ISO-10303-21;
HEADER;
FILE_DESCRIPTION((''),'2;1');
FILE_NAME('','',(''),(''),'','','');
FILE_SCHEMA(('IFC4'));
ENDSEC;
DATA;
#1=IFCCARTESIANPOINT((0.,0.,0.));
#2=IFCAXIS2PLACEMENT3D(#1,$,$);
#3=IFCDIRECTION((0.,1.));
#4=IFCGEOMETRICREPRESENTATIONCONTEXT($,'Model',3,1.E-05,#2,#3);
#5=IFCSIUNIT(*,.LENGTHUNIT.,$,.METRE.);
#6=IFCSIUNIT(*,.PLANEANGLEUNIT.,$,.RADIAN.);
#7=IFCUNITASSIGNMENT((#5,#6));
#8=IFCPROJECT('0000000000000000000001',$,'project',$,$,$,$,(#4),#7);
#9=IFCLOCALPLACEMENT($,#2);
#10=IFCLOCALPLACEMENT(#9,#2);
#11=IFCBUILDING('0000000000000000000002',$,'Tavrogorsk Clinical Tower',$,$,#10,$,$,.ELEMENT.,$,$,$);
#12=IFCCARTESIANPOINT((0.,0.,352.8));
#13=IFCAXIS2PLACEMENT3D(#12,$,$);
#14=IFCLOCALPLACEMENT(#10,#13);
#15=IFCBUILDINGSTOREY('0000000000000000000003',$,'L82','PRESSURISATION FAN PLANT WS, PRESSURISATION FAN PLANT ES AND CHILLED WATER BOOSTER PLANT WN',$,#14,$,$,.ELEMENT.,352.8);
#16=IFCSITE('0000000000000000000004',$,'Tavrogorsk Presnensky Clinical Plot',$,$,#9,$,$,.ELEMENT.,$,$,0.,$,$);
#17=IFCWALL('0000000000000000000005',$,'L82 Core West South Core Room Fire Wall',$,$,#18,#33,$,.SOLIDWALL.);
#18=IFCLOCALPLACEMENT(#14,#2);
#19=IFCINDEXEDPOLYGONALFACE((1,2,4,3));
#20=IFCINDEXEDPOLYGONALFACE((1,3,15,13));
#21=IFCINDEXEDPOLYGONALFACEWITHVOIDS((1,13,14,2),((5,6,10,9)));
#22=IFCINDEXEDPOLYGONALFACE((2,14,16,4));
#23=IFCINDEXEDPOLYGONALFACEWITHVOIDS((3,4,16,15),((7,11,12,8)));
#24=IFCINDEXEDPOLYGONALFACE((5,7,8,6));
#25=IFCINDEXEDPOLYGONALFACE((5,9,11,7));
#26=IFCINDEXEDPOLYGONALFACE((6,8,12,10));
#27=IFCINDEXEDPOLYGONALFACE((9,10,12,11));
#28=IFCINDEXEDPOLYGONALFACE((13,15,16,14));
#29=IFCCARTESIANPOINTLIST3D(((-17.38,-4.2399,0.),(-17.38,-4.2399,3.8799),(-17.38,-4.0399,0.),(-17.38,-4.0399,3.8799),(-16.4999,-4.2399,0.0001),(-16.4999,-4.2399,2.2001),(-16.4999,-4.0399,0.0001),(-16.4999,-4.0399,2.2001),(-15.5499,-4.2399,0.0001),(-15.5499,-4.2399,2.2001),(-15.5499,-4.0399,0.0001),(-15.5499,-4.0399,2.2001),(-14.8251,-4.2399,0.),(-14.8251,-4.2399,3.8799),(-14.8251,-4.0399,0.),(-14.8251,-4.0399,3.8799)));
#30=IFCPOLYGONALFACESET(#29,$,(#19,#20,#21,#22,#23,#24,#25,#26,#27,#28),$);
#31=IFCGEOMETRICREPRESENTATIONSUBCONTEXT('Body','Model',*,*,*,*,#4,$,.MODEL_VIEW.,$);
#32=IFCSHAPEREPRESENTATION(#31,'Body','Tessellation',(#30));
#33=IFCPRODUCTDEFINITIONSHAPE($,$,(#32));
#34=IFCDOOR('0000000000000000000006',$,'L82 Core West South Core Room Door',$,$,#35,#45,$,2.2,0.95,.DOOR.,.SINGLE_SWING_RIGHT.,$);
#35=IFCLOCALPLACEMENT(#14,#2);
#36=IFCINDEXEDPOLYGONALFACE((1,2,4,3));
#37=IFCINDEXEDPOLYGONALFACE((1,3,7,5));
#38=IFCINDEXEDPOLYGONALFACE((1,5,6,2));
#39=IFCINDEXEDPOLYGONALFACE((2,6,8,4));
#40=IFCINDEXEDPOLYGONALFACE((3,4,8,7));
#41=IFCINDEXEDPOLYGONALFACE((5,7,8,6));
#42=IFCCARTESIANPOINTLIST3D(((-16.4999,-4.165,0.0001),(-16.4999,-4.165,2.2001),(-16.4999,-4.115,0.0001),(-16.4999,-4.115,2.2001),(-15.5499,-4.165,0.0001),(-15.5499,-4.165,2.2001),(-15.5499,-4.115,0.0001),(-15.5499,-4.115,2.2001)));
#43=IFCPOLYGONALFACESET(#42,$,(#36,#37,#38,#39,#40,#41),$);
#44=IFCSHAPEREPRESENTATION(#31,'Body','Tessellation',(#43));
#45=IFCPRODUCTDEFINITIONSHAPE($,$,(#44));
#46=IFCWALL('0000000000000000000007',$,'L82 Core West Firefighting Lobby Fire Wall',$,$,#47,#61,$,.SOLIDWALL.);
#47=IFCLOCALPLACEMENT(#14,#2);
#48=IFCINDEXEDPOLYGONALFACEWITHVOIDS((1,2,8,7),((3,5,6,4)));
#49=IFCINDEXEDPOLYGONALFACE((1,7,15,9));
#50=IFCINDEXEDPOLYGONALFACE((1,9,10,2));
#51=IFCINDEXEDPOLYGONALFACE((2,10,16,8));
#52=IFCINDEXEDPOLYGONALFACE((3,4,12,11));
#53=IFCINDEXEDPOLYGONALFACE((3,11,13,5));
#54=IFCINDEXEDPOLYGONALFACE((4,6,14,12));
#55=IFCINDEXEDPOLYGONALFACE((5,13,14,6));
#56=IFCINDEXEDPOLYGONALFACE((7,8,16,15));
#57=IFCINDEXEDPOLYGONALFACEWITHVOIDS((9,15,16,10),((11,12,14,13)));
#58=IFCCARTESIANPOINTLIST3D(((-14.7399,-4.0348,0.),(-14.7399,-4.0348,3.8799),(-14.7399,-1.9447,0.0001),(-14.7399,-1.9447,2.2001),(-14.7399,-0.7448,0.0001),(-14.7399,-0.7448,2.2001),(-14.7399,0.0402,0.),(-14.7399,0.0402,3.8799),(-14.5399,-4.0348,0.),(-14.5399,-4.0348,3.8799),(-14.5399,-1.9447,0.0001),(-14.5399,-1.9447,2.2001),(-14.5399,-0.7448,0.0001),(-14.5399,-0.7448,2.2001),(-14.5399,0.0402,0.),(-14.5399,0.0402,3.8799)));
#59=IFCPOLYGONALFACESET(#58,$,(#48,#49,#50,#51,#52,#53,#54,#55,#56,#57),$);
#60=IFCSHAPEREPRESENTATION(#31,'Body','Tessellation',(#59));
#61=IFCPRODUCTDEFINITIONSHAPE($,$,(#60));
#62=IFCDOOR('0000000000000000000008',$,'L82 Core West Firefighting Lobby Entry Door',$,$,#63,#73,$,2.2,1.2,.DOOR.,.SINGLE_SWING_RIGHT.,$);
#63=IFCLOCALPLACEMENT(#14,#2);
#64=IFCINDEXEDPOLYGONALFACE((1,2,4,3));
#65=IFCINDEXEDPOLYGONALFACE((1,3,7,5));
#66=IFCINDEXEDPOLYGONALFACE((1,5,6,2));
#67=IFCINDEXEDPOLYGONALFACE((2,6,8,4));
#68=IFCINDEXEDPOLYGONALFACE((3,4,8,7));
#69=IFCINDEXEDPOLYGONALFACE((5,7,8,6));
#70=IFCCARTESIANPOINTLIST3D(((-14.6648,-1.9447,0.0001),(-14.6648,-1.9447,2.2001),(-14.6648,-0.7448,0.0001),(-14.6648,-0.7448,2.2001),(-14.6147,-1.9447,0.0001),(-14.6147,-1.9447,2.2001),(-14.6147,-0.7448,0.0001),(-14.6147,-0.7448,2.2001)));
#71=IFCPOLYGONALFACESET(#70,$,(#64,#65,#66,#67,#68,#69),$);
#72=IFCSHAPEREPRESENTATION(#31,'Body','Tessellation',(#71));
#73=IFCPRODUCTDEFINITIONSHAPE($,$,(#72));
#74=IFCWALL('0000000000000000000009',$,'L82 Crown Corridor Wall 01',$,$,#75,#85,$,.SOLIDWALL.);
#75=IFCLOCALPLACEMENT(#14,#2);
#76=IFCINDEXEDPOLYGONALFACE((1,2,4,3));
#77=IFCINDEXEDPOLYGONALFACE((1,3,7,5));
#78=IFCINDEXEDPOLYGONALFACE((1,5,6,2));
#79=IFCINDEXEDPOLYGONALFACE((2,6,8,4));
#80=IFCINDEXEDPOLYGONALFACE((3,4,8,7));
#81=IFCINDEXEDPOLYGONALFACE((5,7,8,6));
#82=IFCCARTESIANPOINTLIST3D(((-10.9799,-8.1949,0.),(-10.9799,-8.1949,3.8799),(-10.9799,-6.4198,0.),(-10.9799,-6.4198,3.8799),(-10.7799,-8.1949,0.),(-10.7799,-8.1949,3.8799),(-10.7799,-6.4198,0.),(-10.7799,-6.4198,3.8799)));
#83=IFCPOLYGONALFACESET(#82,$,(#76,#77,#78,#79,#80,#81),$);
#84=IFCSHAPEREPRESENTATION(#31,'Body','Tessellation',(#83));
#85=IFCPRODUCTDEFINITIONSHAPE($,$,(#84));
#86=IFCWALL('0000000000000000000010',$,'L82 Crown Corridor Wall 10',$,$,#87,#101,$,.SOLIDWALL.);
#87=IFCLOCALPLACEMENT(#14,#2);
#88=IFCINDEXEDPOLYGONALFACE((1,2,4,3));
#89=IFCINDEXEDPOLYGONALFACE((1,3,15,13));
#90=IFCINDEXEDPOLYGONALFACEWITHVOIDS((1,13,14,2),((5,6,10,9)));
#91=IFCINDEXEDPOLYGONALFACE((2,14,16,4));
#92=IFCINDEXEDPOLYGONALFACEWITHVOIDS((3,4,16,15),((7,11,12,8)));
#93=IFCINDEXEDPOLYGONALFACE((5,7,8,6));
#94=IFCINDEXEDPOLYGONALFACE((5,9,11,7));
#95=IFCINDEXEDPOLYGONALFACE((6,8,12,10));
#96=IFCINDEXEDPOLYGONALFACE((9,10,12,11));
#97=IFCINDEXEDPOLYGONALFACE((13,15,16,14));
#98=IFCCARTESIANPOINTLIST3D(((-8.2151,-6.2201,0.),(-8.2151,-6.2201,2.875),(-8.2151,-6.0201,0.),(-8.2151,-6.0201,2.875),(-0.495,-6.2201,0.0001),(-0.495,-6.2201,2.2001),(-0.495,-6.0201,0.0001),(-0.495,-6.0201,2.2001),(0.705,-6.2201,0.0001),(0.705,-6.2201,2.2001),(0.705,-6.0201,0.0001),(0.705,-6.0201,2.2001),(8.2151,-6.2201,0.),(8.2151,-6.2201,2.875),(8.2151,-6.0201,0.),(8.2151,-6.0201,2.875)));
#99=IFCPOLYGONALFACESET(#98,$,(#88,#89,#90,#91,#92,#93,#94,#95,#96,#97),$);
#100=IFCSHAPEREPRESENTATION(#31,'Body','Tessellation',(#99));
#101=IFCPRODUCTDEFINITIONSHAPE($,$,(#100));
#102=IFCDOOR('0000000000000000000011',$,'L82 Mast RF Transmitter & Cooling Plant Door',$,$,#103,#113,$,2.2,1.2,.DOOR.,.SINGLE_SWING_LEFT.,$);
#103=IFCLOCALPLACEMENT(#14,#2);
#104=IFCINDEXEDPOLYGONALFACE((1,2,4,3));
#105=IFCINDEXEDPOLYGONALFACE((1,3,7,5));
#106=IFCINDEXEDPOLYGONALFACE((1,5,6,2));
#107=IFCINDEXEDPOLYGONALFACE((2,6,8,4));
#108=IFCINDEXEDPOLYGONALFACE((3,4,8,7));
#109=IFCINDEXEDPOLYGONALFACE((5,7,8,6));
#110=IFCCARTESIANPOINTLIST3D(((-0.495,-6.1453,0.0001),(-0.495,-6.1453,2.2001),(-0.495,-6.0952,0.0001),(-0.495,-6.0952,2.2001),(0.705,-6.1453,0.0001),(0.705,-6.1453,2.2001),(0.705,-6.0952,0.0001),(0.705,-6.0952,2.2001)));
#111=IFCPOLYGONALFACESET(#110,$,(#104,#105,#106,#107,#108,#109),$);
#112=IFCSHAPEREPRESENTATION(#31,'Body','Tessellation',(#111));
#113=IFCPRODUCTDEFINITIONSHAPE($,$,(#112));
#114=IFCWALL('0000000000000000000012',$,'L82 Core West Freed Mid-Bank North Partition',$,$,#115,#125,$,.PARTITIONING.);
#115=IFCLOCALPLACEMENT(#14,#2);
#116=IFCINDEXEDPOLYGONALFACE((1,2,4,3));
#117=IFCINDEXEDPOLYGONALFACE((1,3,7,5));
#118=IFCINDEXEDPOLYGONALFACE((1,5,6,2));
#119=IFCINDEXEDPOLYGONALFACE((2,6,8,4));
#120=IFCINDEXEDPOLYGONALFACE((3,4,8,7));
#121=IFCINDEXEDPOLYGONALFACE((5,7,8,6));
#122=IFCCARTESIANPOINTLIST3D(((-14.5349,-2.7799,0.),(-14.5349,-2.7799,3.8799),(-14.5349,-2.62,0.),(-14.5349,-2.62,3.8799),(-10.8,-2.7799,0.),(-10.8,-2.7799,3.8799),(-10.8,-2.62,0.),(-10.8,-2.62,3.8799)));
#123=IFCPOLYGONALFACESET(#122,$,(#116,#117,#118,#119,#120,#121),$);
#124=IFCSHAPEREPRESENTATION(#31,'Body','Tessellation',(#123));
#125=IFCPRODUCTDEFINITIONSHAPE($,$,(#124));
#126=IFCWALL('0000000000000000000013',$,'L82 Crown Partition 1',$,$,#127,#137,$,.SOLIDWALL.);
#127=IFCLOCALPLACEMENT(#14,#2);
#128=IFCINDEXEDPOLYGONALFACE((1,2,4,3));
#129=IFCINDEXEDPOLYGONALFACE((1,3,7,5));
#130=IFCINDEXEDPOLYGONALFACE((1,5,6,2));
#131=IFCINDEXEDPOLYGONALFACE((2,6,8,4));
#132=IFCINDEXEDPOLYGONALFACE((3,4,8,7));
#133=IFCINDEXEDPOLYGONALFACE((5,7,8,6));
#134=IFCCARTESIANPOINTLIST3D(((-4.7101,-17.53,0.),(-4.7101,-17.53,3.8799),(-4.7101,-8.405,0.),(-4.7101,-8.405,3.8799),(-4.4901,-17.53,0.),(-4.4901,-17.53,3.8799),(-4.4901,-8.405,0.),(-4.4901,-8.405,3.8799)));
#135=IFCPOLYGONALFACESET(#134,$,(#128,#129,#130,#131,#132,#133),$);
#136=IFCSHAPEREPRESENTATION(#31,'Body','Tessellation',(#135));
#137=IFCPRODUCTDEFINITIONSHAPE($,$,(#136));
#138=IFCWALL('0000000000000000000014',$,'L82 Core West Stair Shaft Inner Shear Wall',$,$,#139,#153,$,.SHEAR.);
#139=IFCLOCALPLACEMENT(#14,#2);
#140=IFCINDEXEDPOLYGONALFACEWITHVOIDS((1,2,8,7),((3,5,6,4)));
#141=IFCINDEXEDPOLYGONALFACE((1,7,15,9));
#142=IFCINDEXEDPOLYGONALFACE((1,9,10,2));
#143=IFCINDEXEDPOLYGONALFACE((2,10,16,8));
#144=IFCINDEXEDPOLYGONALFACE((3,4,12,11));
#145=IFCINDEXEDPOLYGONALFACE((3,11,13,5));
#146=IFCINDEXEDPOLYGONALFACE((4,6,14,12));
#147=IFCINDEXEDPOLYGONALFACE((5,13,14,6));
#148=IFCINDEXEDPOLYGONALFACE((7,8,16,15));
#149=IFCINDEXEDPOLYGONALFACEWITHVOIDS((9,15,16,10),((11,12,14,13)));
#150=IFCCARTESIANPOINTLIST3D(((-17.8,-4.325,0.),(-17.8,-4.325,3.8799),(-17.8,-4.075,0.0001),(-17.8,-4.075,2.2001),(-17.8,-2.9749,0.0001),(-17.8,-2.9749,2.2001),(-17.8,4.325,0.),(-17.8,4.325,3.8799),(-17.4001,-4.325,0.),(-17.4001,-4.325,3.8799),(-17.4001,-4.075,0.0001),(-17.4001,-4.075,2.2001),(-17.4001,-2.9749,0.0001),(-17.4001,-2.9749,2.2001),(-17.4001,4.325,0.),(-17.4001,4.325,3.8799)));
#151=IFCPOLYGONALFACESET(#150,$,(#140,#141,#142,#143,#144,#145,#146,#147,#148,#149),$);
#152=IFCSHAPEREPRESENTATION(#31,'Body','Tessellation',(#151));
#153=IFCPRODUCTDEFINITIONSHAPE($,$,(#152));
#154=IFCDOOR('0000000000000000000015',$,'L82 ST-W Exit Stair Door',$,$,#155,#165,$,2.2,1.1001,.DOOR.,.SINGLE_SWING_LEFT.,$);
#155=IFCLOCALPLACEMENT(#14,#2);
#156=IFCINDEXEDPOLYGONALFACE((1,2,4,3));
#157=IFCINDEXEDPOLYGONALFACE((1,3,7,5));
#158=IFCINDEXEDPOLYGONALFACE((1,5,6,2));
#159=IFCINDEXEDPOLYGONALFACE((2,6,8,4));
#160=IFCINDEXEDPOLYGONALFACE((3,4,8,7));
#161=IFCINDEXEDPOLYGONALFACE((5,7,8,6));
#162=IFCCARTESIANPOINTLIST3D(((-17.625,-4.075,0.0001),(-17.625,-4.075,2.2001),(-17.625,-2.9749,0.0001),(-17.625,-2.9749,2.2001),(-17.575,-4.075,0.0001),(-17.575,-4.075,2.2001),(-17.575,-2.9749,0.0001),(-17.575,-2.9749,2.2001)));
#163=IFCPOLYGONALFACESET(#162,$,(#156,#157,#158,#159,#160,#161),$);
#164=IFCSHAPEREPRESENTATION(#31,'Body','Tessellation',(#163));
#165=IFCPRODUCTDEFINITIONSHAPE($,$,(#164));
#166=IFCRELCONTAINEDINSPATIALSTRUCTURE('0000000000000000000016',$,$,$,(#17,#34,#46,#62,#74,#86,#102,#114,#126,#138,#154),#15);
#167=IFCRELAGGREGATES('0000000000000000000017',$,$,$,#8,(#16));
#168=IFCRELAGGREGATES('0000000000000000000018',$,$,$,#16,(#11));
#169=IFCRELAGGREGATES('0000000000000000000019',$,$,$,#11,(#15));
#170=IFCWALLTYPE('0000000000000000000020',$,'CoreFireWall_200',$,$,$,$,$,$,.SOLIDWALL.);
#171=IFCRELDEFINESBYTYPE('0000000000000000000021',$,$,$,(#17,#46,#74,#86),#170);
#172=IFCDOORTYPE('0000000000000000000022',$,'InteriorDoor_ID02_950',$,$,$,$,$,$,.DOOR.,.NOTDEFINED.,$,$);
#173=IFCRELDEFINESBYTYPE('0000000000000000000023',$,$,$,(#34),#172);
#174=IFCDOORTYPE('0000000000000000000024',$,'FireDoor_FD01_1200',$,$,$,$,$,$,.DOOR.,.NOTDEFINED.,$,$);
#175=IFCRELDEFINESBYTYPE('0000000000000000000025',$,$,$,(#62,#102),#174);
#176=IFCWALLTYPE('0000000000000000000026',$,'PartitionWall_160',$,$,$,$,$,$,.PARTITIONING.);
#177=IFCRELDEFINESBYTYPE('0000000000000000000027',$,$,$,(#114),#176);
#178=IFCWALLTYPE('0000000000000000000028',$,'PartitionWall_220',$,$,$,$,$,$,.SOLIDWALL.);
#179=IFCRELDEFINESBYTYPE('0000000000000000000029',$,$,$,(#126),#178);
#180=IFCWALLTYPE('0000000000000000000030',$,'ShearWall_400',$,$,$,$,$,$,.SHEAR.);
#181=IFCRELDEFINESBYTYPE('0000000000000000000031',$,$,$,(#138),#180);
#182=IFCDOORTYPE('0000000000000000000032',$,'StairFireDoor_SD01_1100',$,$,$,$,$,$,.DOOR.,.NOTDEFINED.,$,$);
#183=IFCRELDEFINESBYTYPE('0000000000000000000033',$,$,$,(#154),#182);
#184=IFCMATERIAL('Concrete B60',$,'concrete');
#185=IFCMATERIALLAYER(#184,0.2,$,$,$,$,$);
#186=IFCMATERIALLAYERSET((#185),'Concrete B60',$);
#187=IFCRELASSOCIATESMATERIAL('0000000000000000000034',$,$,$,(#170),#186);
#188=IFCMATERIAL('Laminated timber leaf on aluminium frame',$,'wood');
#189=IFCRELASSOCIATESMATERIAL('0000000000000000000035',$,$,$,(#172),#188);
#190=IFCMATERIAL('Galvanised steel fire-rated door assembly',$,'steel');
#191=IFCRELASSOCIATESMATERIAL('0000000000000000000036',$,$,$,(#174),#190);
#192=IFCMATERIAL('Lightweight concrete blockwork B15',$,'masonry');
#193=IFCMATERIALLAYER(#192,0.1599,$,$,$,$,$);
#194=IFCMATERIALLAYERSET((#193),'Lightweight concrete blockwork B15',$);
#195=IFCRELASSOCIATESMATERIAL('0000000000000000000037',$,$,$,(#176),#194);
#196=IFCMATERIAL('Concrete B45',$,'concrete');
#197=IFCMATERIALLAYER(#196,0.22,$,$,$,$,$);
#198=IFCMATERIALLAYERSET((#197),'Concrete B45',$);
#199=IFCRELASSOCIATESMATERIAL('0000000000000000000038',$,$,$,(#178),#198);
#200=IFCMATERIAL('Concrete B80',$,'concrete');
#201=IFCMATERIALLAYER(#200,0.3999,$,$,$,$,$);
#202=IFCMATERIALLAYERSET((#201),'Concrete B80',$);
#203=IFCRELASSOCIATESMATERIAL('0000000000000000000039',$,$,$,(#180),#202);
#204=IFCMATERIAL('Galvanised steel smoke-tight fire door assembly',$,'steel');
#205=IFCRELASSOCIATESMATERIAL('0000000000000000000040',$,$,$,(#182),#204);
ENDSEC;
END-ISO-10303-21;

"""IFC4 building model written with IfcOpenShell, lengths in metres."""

from ifc_helpers import new_model, si_unit, direction, frame, frame_2d, origin, place, context, subcontext, project, spatial, rectangle, extrude, material, layer, layer_set, type_object, element, fill, save


model = new_model("IFC4")

# Units and contexts
model_context = context("Model", 3, precision=1e-05, world=origin(), true_north=direction((0.0, 1.0)))
body_context = subcontext(model_context, "Body", "Model", "MODEL_VIEW")
ifc_project = project(units=[si_unit("LENGTHUNIT", "METRE"), si_unit("PLANEANGLEUNIT", "RADIAN")], contexts=[model_context])

# Site, building, storey
site_placement = place(None, origin())
site = spatial("IfcSite", under=ifc_project, at=site_placement, Name="Tavrogorsk Presnensky Clinical Plot", CompositionType="ELEMENT", RefElevation=0.0)
building_placement = place(site_placement, origin())
building = spatial("IfcBuilding", under=site, at=building_placement, Name="Tavrogorsk Clinical Tower", CompositionType="ELEMENT")
storey_placement = place(building_placement, frame((0.0, 0.0, 352.8)))
storey = spatial("IfcBuildingStorey", under=building, at=storey_placement, Name="L82", Description="PRESSURISATION FAN PLANT WS, PRESSURISATION FAN PLANT ES AND CHILLED WATER BOOSTER PLANT WN", CompositionType="ELEMENT", Elevation=352.8)

# Walls, openings, doors
ifc_material_1 = material(Name="Concrete B60", Category="concrete")
ifc_layer_1 = layer(ifc_material_1, 0.2)
ifc_layer_set_1 = layer_set([ifc_layer_1], Name="Concrete B60")
wall_type_1 = type_object("IfcWallType", Name="CoreFireWall_200", PredefinedType="SOLIDWALL", material=ifc_layer_set_1)
wall_1_placement = place(storey_placement, frame((-17.3799, -4.1399, 0.0), z_axis=(0.0, 0.0, 1.0), x_axis=(1.0, 0.0, 0.0)))
wall_1 = element("IfcWall", 1, at=wall_1_placement, inside=storey, type_object=wall_type_1, Name="L82 Core West South Core Room Fire Wall", PredefinedType="SOLIDWALL", context=body_context, shape_type="SweptSolid", body=[
    extrude(rectangle(XDim=2.5549, YDim=0.2, at=frame_2d((1.2773, 0.0))), origin(), (0.0, 0.0, 1.0), 3.8799),
])
opening_1_placement = place(wall_1_placement, frame((0.8799, 0.0, 0.0)))
opening_1 = element("IfcOpeningElement", 2, at=opening_1_placement, cuts=wall_1, PredefinedType="OPENING", context=body_context, shape_type="SweptSolid", body=[
    extrude(rectangle(XDim=0.95, YDim=2.2, at=frame_2d((0.4751, 1.1001))), frame((0.0, 0.1099, 0.0), z_axis=(0.0, -1.0, 0.0), x_axis=(1.0, 0.0, 0.0)), (0.0, 0.0, 1.0), 0.22),
])
ifc_material_2 = material(Name="Laminated timber leaf on aluminium frame", Category="wood")
door_type_1 = type_object("IfcDoorType", Name="InteriorDoor_ID02_950", OperationType="NOTDEFINED", PredefinedType="DOOR", material=ifc_material_2)
door_1_placement = place(opening_1_placement, origin())
door_1 = element("IfcDoor", 3, at=door_1_placement, inside=storey, type_object=door_type_1, Name="L82 Core West South Core Room Door", OperationType="SINGLE_SWING_RIGHT", OverallHeight=2.2, OverallWidth=0.95, PredefinedType="DOOR", context=body_context, shape_type="SweptSolid", body=[
    extrude(rectangle(XDim=0.95, YDim=2.2, at=frame_2d((0.4751, 1.1001))), frame((0.0, 0.0249, 0.0), z_axis=(0.0, -1.0, 0.0), x_axis=(1.0, 0.0, 0.0)), (0.0, 0.0, 1.0), 0.05),
])
fill(opening_1, door_1)
wall_2_placement = place(storey_placement, frame((-14.6399, -4.0349, 0.0), z_axis=(0.0, 0.0, 1.0), x_axis=(0.0, 1.0, 0.0)))
wall_2 = element("IfcWall", 4, at=wall_2_placement, inside=storey, type_object=wall_type_1, Name="L82 Core West Firefighting Lobby Fire Wall", PredefinedType="SOLIDWALL", context=body_context, shape_type="SweptSolid", body=[
    extrude(rectangle(XDim=4.075, YDim=0.2, at=frame_2d((2.0376, 0.0))), origin(), (0.0, 0.0, 1.0), 3.8799),
])
opening_2_placement = place(wall_2_placement, frame((2.0901, 0.0, 0.0)))
opening_2 = element("IfcOpeningElement", 5, at=opening_2_placement, cuts=wall_2, PredefinedType="OPENING", context=body_context, shape_type="SweptSolid", body=[
    extrude(rectangle(XDim=1.2, YDim=2.2, at=frame_2d((0.6001, 1.1001))), frame((0.0, 0.1099, 0.0), z_axis=(0.0, -1.0, 0.0), x_axis=(1.0, 0.0, 0.0)), (0.0, 0.0, 1.0), 0.22),
])
ifc_material_3 = material(Name="Galvanised steel fire-rated door assembly", Category="steel")
door_type_2 = type_object("IfcDoorType", Name="FireDoor_FD01_1200", OperationType="NOTDEFINED", PredefinedType="DOOR", material=ifc_material_3)
door_2_placement = place(opening_2_placement, origin())
door_2 = element("IfcDoor", 6, at=door_2_placement, inside=storey, type_object=door_type_2, Name="L82 Core West Firefighting Lobby Entry Door", OperationType="SINGLE_SWING_RIGHT", OverallHeight=2.2, OverallWidth=1.2, PredefinedType="DOOR", context=body_context, shape_type="SweptSolid", body=[
    extrude(rectangle(XDim=1.2, YDim=2.2, at=frame_2d((0.6001, 1.1001))), frame((0.0, 0.0249, 0.0), z_axis=(0.0, -1.0, 0.0), x_axis=(1.0, 0.0, 0.0)), (0.0, 0.0, 1.0), 0.05),
])
fill(opening_2, door_2)

# Wall
wall_3_placement = place(storey_placement, frame((-10.8799, -8.1951, 0.0), z_axis=(0.0, 0.0, 1.0), x_axis=(0.0, 1.0, 0.0)))
element("IfcWall", 7, at=wall_3_placement, inside=storey, type_object=wall_type_1, Name="L82 Crown Corridor Wall 01", PredefinedType="SOLIDWALL", context=body_context, shape_type="SweptSolid", body=[
    extrude(rectangle(XDim=1.7751, YDim=0.2, at=frame_2d((0.8877, 0.0))), origin(), (0.0, 0.0, 1.0), 3.8799),
])

# Wall, opening, door
wall_4_placement = place(storey_placement, frame((-8.2151, -6.1201, 0.0), z_axis=(0.0, 0.0, 1.0), x_axis=(1.0, 0.0, 0.0)))
wall_4 = element("IfcWall", 8, at=wall_4_placement, inside=storey, type_object=wall_type_1, Name="L82 Crown Corridor Wall 10", PredefinedType="SOLIDWALL", context=body_context, shape_type="SweptSolid", body=[
    extrude(rectangle(XDim=16.4302, YDim=0.2, at=frame_2d((8.2151, 0.0))), origin(), (0.0, 0.0, 1.0), 2.875),
])
opening_3_placement = place(wall_4_placement, frame((7.72, 0.0, 0.0)))
opening_3 = element("IfcOpeningElement", 9, at=opening_3_placement, cuts=wall_4, PredefinedType="OPENING", context=body_context, shape_type="SweptSolid", body=[
    extrude(rectangle(XDim=1.2, YDim=2.2, at=frame_2d((0.6001, 1.1001))), frame((0.0, 0.1099, 0.0), z_axis=(0.0, -1.0, 0.0), x_axis=(1.0, 0.0, 0.0)), (0.0, 0.0, 1.0), 0.22),
])
door_3_placement = place(opening_3_placement, origin())
door_3 = element("IfcDoor", 10, at=door_3_placement, inside=storey, type_object=door_type_2, Name="L82 Mast RF Transmitter & Cooling Plant Door", OperationType="SINGLE_SWING_LEFT", OverallHeight=2.2, OverallWidth=1.2, PredefinedType="DOOR", context=body_context, shape_type="SweptSolid", body=[
    extrude(rectangle(XDim=1.2, YDim=2.2, at=frame_2d((0.6001, 1.1001))), frame((0.0, 0.0249, 0.0), z_axis=(0.0, -1.0, 0.0), x_axis=(1.0, 0.0, 0.0)), (0.0, 0.0, 1.0), 0.05),
])
fill(opening_3, door_3)

# Walls
ifc_material_4 = material(Name="Lightweight concrete blockwork B15", Category="masonry")
ifc_layer_2 = layer(ifc_material_4, 0.1599)
ifc_layer_set_2 = layer_set([ifc_layer_2], Name="Lightweight concrete blockwork B15")
wall_type_2 = type_object("IfcWallType", Name="PartitionWall_160", PredefinedType="PARTITIONING", material=ifc_layer_set_2)
wall_5_placement = place(storey_placement, frame((-14.5349, -2.7, 0.0), z_axis=(0.0, 0.0, 1.0), x_axis=(1.0, 0.0, 0.0)))
element("IfcWall", 11, at=wall_5_placement, inside=storey, type_object=wall_type_2, Name="L82 Core West Freed Mid-Bank North Partition", PredefinedType="PARTITIONING", context=body_context, shape_type="SweptSolid", body=[
    extrude(rectangle(XDim=3.7349, YDim=0.1599, at=frame_2d((1.8674, 0.0))), origin(), (0.0, 0.0, 1.0), 3.8799),
])
ifc_material_5 = material(Name="Concrete B45", Category="concrete")
ifc_layer_3 = layer(ifc_material_5, 0.22)
ifc_layer_set_3 = layer_set([ifc_layer_3], Name="Concrete B45")
wall_type_3 = type_object("IfcWallType", Name="PartitionWall_220", PredefinedType="SOLIDWALL", material=ifc_layer_set_3)
wall_6_placement = place(storey_placement, frame((-4.6001, -17.53, 0.0), z_axis=(0.0, 0.0, 1.0), x_axis=(0.0, 1.0, 0.0)))
element("IfcWall", 12, at=wall_6_placement, inside=storey, type_object=wall_type_3, Name="L82 Crown Partition 1", PredefinedType="SOLIDWALL", context=body_context, shape_type="SweptSolid", body=[
    extrude(rectangle(XDim=9.125, YDim=0.22, at=frame_2d((4.5625, 0.0))), origin(), (0.0, 0.0, 1.0), 3.8799),
])

# Wall, opening, door
ifc_material_6 = material(Name="Concrete B80", Category="concrete")
ifc_layer_4 = layer(ifc_material_6, 0.3999)
ifc_layer_set_4 = layer_set([ifc_layer_4], Name="Concrete B80")
wall_type_4 = type_object("IfcWallType", Name="ShearWall_400", PredefinedType="SHEAR", material=ifc_layer_set_4)
wall_7_placement = place(storey_placement, frame((-17.6001, -4.325, 0.0), z_axis=(0.0, 0.0, 1.0), x_axis=(0.0, 1.0, 0.0)))
wall_7 = element("IfcWall", 13, at=wall_7_placement, inside=storey, type_object=wall_type_4, Name="L82 Core West Stair Shaft Inner Shear Wall", PredefinedType="SHEAR", context=body_context, shape_type="SweptSolid", body=[
    extrude(rectangle(XDim=8.6499, YDim=0.3999, at=frame_2d((4.325, 0.0))), origin(), (0.0, 0.0, 1.0), 3.8799),
])
opening_4_placement = place(wall_7_placement, frame((0.25, 0.0, 0.0)))
opening_4 = element("IfcOpeningElement", 14, at=opening_4_placement, cuts=wall_7, PredefinedType="OPENING", context=body_context, shape_type="SweptSolid", body=[
    extrude(rectangle(XDim=1.1001, YDim=2.2, at=frame_2d((0.55, 1.1001))), frame((0.0, 0.21, 0.0), z_axis=(0.0, -1.0, 0.0), x_axis=(1.0, 0.0, 0.0)), (0.0, 0.0, 1.0), 0.4199),
])
ifc_material_7 = material(Name="Galvanised steel smoke-tight fire door assembly", Category="steel")
door_type_3 = type_object("IfcDoorType", Name="StairFireDoor_SD01_1100", OperationType="NOTDEFINED", PredefinedType="DOOR", material=ifc_material_7)
door_4_placement = place(opening_4_placement, origin())
door_4 = element("IfcDoor", 15, at=door_4_placement, inside=storey, type_object=door_type_3, Name="L82 ST-W Exit Stair Door", OperationType="SINGLE_SWING_LEFT", OverallHeight=2.2, OverallWidth=1.1001, PredefinedType="DOOR", context=body_context, shape_type="SweptSolid", body=[
    extrude(rectangle(XDim=1.1001, YDim=2.2, at=frame_2d((0.55, 1.1001))), frame((0.0, 0.0249, 0.0), z_axis=(0.0, -1.0, 0.0), x_axis=(1.0, 0.0, 0.0)), (0.0, 0.0, 1.0), 0.05),
])
fill(opening_4, door_4)

save(model, "model.ifc")
